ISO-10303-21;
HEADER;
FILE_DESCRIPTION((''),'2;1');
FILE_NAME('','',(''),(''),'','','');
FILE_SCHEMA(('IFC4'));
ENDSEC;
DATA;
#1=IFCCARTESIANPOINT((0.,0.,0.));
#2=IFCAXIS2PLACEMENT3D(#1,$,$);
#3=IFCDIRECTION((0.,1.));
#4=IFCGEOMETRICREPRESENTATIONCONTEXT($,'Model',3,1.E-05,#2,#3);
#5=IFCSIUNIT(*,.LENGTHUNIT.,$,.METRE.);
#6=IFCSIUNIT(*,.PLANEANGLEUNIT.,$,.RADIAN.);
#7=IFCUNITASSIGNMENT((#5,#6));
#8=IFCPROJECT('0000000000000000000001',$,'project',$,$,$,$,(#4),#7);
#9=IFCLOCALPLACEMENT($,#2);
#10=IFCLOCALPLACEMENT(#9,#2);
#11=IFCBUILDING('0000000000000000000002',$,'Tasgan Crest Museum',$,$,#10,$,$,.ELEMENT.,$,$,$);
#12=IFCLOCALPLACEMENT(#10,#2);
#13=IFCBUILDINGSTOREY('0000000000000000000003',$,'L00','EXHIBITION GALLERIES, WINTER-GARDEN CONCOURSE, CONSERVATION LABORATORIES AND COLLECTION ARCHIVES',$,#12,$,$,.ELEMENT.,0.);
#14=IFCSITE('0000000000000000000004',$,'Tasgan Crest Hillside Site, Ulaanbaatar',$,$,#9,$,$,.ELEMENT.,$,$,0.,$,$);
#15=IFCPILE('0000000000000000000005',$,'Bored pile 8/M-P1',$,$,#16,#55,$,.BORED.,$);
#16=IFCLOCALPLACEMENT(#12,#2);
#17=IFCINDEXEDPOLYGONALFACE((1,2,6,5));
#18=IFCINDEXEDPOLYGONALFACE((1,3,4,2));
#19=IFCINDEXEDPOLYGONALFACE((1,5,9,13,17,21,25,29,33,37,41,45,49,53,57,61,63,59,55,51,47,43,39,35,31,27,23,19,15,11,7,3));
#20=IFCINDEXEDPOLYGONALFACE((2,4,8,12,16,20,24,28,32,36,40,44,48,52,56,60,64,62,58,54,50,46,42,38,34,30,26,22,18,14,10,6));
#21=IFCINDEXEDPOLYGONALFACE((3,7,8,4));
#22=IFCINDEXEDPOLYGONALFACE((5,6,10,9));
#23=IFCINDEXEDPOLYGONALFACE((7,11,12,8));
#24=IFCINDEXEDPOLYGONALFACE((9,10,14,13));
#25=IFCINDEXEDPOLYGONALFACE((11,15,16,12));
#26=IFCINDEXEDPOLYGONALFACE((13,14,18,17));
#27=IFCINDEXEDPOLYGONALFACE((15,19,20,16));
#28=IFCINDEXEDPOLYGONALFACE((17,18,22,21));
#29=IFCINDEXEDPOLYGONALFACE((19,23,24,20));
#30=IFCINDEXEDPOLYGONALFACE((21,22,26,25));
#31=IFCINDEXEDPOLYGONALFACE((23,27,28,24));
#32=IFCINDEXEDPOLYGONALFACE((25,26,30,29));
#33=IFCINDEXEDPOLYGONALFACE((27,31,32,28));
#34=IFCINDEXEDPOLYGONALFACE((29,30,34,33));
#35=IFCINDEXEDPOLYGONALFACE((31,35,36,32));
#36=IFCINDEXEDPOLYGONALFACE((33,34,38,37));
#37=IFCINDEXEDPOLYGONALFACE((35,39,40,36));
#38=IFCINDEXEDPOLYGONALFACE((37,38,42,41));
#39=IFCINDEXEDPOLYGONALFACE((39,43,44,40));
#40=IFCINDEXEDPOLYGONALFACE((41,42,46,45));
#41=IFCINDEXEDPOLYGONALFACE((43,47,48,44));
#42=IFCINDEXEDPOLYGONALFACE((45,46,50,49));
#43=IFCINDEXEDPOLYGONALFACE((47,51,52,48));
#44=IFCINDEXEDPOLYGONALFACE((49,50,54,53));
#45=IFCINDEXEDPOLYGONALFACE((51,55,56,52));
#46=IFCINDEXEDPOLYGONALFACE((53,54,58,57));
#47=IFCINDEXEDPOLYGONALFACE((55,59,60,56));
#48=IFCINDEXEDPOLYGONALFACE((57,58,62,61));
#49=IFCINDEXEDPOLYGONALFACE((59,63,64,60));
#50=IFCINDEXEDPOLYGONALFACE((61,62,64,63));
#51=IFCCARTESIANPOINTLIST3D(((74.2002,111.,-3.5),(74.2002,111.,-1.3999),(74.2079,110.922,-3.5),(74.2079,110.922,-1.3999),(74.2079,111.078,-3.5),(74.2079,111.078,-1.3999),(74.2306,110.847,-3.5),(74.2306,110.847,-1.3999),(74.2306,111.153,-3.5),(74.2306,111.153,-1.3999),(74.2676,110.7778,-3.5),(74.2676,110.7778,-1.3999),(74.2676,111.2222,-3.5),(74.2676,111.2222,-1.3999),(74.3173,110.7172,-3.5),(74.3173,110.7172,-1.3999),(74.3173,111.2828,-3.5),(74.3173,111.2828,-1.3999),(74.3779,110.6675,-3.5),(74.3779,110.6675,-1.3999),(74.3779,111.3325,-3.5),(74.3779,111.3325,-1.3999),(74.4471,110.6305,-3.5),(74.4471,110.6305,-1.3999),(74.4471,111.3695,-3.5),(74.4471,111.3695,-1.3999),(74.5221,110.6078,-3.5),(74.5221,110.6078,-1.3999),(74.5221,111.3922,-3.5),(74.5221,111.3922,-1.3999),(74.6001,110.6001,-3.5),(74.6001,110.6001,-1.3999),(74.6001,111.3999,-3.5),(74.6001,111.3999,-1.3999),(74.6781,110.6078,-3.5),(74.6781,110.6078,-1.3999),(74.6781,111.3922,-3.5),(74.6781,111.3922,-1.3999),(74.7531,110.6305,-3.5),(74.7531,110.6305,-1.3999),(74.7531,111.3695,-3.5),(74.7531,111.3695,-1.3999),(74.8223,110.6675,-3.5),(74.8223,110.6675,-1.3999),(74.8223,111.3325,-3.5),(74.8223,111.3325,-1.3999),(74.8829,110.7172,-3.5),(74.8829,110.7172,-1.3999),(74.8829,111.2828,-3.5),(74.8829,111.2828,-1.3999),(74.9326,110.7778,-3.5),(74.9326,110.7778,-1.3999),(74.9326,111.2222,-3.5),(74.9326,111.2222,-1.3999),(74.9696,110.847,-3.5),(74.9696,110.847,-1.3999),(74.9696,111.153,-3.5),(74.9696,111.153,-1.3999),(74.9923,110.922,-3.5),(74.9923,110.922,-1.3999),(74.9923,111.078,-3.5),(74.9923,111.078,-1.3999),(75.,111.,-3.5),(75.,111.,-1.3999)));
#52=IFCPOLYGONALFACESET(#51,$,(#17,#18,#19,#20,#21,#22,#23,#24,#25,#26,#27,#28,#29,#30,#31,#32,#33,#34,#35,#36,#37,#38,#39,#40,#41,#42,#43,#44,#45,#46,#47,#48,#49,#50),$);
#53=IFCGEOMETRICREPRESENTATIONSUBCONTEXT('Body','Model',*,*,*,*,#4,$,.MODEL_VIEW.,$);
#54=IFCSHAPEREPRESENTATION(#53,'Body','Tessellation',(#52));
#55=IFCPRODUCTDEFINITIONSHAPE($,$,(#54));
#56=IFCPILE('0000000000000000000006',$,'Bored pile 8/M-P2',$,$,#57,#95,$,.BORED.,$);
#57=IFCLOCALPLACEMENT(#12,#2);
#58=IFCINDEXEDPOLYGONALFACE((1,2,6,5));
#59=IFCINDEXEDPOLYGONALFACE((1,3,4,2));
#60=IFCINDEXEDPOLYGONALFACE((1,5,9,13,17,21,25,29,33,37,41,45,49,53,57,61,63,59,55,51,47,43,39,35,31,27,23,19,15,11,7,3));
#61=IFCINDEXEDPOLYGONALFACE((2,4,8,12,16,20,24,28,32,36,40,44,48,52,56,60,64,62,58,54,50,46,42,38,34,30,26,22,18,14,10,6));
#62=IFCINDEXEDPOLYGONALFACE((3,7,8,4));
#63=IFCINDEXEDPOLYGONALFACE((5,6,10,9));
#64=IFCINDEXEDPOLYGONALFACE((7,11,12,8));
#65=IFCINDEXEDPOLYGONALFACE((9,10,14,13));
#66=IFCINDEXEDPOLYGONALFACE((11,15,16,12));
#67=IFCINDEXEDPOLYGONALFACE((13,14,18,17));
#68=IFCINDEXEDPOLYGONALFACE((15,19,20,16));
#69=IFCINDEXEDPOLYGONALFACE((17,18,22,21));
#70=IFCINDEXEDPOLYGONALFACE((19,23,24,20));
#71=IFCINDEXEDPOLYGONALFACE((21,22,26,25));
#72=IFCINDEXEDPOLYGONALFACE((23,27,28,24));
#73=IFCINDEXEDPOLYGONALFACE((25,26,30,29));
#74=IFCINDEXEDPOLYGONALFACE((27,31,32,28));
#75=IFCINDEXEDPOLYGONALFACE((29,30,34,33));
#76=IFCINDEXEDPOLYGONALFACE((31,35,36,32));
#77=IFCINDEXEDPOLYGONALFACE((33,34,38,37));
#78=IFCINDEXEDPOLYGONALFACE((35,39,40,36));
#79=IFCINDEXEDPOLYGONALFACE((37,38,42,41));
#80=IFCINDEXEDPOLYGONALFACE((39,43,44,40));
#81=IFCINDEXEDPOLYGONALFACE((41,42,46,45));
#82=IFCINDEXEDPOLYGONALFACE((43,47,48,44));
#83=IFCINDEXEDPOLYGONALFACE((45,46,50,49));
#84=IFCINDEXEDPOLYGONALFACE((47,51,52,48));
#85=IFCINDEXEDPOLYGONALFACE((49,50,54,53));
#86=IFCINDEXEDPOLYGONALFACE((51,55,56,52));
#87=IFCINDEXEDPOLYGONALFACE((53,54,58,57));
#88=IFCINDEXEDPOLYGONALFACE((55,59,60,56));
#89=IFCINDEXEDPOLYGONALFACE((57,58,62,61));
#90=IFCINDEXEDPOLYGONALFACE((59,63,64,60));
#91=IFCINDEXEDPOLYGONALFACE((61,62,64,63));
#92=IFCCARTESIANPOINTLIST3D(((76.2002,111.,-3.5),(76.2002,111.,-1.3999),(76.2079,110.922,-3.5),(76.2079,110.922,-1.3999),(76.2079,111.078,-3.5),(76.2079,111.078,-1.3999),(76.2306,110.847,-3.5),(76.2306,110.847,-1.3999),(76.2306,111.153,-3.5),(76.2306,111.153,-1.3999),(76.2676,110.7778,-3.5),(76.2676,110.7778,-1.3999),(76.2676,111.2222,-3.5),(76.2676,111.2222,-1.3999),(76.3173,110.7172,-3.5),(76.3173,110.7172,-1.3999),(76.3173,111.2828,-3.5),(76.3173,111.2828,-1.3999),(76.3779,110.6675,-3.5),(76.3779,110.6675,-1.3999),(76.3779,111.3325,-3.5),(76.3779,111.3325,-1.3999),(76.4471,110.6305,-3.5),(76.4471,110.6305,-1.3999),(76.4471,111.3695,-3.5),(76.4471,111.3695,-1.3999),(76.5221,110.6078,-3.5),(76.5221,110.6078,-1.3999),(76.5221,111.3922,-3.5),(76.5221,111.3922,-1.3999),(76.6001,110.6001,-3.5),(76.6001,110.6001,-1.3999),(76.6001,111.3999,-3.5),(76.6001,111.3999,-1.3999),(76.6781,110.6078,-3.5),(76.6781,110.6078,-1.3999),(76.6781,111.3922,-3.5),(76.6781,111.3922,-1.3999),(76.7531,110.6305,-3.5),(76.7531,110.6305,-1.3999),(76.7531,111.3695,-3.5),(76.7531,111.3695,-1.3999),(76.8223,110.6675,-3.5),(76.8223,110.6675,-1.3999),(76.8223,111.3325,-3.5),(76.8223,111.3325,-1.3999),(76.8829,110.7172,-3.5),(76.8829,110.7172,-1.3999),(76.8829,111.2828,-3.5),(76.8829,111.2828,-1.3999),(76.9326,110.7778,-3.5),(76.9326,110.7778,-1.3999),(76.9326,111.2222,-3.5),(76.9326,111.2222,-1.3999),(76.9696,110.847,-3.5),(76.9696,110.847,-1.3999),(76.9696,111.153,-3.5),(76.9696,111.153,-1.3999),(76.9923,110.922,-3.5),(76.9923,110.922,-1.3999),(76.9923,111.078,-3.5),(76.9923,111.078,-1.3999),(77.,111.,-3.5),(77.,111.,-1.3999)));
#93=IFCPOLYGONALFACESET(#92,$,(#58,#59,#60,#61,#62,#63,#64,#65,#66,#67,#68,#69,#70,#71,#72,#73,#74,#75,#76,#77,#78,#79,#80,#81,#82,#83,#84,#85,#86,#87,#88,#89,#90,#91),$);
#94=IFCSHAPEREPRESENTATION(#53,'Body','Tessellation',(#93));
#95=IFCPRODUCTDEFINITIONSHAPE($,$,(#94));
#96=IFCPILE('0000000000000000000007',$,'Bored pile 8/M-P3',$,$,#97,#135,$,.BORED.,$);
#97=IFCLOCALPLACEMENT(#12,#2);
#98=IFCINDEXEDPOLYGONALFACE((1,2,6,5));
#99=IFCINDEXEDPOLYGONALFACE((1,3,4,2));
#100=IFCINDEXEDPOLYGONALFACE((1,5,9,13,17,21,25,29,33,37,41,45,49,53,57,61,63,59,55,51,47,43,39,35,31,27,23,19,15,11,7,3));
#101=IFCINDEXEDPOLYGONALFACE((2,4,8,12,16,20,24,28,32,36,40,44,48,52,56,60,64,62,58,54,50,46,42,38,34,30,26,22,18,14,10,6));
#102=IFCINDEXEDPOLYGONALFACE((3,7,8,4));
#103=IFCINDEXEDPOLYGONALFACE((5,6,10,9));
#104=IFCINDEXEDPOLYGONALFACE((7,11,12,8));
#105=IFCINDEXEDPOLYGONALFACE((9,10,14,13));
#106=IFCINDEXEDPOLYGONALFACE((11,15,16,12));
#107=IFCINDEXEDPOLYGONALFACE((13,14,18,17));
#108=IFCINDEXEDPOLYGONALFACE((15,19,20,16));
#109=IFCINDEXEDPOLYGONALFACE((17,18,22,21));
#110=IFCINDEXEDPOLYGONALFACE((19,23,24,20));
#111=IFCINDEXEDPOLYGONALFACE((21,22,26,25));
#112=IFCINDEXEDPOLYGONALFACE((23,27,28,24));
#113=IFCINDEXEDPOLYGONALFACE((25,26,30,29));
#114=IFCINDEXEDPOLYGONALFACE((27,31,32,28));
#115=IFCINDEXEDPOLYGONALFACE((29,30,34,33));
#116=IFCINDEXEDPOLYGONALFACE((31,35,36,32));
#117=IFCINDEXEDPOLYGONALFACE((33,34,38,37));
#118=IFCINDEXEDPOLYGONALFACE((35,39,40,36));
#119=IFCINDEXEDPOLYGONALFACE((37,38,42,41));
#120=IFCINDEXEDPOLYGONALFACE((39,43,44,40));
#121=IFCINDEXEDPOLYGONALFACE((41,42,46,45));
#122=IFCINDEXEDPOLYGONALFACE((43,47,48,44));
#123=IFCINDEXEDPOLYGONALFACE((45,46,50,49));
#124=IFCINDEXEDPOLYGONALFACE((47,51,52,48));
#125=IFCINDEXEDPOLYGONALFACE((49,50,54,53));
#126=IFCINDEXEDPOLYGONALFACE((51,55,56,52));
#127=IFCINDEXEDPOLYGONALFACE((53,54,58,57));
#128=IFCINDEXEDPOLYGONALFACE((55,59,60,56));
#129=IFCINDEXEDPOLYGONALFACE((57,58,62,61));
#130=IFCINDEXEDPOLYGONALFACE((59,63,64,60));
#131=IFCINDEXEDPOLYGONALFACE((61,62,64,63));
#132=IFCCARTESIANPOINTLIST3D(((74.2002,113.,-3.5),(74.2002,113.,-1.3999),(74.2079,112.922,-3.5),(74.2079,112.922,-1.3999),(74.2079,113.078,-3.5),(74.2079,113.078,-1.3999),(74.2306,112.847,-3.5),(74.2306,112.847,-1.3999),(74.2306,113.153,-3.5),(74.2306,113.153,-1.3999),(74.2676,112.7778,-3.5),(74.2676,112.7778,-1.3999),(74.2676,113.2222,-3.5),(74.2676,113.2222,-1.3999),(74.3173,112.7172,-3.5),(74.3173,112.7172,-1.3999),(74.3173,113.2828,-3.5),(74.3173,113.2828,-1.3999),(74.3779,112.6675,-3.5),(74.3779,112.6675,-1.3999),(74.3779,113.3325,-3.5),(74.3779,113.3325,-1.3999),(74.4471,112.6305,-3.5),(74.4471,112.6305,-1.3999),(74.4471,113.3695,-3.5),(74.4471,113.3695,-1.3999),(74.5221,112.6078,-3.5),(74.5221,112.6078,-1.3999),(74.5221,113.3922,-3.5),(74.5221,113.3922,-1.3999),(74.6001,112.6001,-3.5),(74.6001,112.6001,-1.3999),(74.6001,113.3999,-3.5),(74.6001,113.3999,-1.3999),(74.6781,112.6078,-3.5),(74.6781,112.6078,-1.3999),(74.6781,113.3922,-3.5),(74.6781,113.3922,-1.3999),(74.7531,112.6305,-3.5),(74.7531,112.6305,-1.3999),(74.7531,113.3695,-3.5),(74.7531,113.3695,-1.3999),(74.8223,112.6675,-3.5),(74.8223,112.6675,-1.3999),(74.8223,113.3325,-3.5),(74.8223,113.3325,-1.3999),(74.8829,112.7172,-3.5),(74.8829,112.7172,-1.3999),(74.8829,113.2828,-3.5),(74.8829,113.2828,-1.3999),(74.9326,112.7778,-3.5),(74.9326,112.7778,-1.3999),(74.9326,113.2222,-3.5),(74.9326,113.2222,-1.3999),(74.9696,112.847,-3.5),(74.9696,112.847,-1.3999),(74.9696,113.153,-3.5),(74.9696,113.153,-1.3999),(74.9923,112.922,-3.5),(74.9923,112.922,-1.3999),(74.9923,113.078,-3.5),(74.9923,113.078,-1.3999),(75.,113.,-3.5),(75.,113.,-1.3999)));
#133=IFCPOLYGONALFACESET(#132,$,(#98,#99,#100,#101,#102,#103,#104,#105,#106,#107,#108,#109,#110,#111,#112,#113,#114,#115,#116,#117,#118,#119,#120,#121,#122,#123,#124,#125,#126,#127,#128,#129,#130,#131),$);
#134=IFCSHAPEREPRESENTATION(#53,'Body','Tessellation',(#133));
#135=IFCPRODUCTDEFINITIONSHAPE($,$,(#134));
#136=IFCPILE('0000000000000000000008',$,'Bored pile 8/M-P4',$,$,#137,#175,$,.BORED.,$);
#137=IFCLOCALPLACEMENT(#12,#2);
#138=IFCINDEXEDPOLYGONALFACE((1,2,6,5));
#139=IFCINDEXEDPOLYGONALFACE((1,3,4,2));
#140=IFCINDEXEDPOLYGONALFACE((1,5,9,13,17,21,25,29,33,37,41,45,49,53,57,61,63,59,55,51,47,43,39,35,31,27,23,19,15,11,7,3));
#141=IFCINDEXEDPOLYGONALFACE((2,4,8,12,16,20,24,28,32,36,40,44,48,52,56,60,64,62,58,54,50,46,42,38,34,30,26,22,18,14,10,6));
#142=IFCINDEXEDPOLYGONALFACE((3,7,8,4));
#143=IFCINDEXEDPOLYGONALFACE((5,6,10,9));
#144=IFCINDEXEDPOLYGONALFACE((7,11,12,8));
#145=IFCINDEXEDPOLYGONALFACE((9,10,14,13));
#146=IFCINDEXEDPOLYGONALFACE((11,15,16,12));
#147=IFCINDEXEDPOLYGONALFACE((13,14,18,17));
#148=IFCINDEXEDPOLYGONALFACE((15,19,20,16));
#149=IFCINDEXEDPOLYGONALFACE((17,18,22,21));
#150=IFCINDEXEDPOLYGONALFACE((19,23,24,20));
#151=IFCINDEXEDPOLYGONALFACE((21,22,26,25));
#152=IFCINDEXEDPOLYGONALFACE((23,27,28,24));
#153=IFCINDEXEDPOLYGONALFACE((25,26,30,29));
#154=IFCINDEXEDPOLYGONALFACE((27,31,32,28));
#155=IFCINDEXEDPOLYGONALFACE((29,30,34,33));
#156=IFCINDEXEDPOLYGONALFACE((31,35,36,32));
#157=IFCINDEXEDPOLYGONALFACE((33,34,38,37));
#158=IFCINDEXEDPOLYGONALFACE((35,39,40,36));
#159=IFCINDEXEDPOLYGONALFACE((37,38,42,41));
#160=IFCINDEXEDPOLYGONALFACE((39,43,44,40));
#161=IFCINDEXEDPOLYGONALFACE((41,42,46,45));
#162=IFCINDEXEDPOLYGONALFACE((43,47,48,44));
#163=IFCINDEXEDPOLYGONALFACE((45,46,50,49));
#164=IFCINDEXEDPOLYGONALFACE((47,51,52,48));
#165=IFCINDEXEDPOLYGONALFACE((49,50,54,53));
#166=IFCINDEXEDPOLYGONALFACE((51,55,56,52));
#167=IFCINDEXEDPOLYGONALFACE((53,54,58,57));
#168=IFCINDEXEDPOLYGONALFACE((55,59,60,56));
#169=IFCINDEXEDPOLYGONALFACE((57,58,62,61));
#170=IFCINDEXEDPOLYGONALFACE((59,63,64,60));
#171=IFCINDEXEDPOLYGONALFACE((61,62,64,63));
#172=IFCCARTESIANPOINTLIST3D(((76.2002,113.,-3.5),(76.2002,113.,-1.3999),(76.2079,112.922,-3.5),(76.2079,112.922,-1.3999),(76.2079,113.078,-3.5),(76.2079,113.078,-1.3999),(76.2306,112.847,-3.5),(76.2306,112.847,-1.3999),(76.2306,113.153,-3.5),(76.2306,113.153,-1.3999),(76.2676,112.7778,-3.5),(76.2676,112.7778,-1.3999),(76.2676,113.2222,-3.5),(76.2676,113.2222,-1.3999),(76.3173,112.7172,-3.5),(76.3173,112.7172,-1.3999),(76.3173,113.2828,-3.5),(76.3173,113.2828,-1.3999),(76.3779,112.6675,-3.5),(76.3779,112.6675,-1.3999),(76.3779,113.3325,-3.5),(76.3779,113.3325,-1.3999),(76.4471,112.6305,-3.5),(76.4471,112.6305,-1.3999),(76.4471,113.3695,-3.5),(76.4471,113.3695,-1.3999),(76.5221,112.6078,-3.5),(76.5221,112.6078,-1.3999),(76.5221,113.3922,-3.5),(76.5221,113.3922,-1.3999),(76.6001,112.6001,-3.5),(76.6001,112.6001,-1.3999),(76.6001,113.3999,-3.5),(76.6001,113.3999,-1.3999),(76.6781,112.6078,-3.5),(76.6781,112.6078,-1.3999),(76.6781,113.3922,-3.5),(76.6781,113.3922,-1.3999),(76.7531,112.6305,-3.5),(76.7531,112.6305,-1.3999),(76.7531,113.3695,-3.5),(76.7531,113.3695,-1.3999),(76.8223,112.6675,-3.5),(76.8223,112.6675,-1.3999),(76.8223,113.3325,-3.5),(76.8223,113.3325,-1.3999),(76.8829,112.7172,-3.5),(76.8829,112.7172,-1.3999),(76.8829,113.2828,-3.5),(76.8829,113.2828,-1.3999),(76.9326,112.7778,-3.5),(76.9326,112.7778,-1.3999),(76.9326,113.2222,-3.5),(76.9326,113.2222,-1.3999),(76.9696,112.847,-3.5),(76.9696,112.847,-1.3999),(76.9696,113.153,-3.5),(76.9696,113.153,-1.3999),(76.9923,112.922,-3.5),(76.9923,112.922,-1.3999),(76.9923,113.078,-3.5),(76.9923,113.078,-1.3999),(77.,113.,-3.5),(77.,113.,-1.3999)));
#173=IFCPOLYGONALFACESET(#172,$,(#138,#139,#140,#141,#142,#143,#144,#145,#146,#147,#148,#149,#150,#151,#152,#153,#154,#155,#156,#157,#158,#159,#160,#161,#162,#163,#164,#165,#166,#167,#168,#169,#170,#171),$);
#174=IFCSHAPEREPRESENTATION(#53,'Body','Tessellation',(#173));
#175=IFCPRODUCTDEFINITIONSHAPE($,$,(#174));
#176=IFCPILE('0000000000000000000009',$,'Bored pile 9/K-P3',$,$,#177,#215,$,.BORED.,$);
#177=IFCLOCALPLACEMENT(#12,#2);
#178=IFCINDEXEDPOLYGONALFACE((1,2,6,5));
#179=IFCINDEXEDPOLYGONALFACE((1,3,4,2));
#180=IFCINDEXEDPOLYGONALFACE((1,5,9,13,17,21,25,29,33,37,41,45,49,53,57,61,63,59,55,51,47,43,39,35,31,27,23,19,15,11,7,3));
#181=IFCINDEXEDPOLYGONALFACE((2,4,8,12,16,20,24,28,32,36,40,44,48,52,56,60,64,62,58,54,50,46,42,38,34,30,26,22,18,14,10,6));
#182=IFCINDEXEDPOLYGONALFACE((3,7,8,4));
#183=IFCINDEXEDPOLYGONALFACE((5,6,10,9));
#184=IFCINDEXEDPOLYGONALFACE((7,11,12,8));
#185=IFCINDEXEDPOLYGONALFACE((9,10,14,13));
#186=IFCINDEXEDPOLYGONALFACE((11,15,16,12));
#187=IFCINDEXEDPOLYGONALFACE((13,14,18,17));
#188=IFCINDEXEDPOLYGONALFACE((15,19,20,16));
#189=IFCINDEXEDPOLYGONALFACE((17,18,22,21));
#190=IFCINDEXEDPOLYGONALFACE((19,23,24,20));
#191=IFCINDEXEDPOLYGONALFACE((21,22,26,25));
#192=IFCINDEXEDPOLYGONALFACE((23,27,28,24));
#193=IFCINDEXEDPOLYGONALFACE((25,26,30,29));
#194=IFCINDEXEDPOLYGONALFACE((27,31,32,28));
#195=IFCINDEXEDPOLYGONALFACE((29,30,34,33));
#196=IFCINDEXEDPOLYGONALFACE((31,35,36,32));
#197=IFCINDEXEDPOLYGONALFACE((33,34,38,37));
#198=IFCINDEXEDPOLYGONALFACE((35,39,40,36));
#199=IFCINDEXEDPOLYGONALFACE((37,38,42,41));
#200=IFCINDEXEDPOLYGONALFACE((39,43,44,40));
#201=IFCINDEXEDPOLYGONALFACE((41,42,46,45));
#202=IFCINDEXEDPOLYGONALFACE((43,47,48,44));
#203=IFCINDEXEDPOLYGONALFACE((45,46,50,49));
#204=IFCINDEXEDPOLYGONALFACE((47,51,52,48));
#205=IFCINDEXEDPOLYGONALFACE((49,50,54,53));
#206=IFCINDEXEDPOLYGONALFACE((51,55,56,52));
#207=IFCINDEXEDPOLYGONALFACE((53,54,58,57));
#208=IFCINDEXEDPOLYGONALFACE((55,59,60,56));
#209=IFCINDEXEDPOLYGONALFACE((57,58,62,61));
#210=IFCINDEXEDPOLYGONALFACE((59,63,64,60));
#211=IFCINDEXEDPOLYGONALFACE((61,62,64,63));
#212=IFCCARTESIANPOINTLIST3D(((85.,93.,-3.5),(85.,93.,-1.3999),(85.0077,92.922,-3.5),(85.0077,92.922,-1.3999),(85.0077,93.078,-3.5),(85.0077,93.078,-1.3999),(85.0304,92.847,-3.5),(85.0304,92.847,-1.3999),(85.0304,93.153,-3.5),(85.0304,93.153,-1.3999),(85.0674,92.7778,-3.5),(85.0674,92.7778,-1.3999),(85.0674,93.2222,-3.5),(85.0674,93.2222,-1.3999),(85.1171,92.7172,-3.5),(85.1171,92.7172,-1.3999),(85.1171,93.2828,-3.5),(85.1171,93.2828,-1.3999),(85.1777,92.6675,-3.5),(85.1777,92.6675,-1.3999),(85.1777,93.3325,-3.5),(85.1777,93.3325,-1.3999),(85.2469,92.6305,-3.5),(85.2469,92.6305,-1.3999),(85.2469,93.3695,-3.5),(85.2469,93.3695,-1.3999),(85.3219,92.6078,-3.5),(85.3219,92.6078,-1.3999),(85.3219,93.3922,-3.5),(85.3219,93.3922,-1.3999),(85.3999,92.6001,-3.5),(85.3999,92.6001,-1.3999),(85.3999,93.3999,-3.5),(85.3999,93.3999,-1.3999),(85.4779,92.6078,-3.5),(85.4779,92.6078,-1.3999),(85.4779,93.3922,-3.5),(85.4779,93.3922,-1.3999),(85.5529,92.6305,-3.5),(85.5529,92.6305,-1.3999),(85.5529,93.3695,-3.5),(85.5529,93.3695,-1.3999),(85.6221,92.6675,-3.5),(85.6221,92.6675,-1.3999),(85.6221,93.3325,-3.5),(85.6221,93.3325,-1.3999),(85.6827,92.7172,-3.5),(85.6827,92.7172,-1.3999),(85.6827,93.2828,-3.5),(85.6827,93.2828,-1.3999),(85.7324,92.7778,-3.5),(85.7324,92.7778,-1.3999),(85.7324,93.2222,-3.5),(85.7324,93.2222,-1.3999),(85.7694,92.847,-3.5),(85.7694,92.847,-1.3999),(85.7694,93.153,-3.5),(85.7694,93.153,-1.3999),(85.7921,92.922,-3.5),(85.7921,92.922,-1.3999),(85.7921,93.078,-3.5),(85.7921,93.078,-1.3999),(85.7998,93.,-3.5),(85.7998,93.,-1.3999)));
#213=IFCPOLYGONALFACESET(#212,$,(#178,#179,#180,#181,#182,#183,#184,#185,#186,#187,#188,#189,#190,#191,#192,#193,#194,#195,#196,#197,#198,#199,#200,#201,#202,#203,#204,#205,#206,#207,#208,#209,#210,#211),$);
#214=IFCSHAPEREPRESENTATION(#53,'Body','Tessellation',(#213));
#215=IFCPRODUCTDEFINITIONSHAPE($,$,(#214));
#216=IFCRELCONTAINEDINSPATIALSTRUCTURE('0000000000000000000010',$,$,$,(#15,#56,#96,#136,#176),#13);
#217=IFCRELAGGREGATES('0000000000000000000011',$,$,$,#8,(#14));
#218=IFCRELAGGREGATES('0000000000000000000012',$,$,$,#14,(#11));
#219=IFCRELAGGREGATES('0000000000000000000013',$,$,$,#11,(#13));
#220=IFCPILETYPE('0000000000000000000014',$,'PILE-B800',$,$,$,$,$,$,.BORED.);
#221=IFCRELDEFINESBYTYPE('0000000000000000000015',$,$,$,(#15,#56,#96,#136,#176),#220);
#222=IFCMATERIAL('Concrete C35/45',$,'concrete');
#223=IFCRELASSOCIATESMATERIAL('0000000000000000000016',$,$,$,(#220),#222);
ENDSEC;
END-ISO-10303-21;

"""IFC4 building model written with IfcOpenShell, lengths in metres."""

from ifc_helpers import new_model, si_unit, direction, frame, origin, origin_2d, place, context, subcontext, project, spatial, circle, extrude, material, material_profile, profile_set, type_object, element, save


model = new_model("IFC4")

# Units and contexts
model_context = context("Model", 3, precision=1e-05, world=origin(), true_north=direction((0.0, 1.0)))
body_context = subcontext(model_context, "Body", "Model", "MODEL_VIEW")
ifc_project = project(units=[si_unit("LENGTHUNIT", "METRE"), si_unit("PLANEANGLEUNIT", "RADIAN")], contexts=[model_context])

# Site, building, storey
site_placement = place(None, origin())
site = spatial("IfcSite", under=ifc_project, at=site_placement, Name="Tasgan Crest Hillside Site, Ulaanbaatar", CompositionType="ELEMENT", RefElevation=0.0)
building_placement = place(site_placement, origin())
building = spatial("IfcBuilding", under=site, at=building_placement, Name="Tasgan Crest Museum", CompositionType="ELEMENT")
storey_placement = place(building_placement, origin())
storey = spatial("IfcBuildingStorey", under=building, at=storey_placement, Name="L00", Description="EXHIBITION GALLERIES, WINTER-GARDEN CONCOURSE, CONSERVATION LABORATORIES AND COLLECTION ARCHIVES", CompositionType="ELEMENT", Elevation=0.0)

# Piles
ifc_material_1 = material(Name="Concrete C35/45", Category="concrete")
ifc_material_profile_1 = material_profile(ifc_material_1, circle(Radius=0.3999, at=origin_2d()), Name="PILE D800")
ifc_profile_set_1 = profile_set([ifc_material_profile_1], Name="Concrete C35/45")
pile_type_1 = type_object("IfcPileType", Name="PILE-B800", PredefinedType="BORED", material=ifc_profile_set_1)
for number, where, z_axis, x_axis, name in (
    (1, (74.6001, 111.0, -1.3999), (0.0, 0.0, -1.0), (1.0, 0.0, 0.0), "Bored pile 8/M-P1"),
    (2, (76.6001, 111.0, -1.3999), (0.0, 0.0, -1.0), (1.0, 0.0, 0.0), "Bored pile 8/M-P2"),
    (3, (74.6001, 113.0, -1.3999), (0.0, 0.0, -1.0), (1.0, 0.0, 0.0), "Bored pile 8/M-P3"),
    (4, (76.6001, 113.0, -1.3999), (0.0, 0.0, -1.0), (1.0, 0.0, 0.0), "Bored pile 8/M-P4"),
    (5, (85.3999, 93.0, -1.3999), (0.0, 0.0, -1.0), (1.0, 0.0, 0.0), "Bored pile 9/K-P3"),
):
    element("IfcPile", number, at=place(storey_placement, frame(where, z_axis=z_axis, x_axis=x_axis)), inside=storey, type_object=pile_type_1, Name=name, PredefinedType="BORED", context=body_context, shape_type="SweptSolid", body=[
        extrude(circle(Radius=0.3999, at=origin_2d()), origin(), (0.0, 0.0, 1.0), 2.1001),
    ])

save(model, "model.ifc")
